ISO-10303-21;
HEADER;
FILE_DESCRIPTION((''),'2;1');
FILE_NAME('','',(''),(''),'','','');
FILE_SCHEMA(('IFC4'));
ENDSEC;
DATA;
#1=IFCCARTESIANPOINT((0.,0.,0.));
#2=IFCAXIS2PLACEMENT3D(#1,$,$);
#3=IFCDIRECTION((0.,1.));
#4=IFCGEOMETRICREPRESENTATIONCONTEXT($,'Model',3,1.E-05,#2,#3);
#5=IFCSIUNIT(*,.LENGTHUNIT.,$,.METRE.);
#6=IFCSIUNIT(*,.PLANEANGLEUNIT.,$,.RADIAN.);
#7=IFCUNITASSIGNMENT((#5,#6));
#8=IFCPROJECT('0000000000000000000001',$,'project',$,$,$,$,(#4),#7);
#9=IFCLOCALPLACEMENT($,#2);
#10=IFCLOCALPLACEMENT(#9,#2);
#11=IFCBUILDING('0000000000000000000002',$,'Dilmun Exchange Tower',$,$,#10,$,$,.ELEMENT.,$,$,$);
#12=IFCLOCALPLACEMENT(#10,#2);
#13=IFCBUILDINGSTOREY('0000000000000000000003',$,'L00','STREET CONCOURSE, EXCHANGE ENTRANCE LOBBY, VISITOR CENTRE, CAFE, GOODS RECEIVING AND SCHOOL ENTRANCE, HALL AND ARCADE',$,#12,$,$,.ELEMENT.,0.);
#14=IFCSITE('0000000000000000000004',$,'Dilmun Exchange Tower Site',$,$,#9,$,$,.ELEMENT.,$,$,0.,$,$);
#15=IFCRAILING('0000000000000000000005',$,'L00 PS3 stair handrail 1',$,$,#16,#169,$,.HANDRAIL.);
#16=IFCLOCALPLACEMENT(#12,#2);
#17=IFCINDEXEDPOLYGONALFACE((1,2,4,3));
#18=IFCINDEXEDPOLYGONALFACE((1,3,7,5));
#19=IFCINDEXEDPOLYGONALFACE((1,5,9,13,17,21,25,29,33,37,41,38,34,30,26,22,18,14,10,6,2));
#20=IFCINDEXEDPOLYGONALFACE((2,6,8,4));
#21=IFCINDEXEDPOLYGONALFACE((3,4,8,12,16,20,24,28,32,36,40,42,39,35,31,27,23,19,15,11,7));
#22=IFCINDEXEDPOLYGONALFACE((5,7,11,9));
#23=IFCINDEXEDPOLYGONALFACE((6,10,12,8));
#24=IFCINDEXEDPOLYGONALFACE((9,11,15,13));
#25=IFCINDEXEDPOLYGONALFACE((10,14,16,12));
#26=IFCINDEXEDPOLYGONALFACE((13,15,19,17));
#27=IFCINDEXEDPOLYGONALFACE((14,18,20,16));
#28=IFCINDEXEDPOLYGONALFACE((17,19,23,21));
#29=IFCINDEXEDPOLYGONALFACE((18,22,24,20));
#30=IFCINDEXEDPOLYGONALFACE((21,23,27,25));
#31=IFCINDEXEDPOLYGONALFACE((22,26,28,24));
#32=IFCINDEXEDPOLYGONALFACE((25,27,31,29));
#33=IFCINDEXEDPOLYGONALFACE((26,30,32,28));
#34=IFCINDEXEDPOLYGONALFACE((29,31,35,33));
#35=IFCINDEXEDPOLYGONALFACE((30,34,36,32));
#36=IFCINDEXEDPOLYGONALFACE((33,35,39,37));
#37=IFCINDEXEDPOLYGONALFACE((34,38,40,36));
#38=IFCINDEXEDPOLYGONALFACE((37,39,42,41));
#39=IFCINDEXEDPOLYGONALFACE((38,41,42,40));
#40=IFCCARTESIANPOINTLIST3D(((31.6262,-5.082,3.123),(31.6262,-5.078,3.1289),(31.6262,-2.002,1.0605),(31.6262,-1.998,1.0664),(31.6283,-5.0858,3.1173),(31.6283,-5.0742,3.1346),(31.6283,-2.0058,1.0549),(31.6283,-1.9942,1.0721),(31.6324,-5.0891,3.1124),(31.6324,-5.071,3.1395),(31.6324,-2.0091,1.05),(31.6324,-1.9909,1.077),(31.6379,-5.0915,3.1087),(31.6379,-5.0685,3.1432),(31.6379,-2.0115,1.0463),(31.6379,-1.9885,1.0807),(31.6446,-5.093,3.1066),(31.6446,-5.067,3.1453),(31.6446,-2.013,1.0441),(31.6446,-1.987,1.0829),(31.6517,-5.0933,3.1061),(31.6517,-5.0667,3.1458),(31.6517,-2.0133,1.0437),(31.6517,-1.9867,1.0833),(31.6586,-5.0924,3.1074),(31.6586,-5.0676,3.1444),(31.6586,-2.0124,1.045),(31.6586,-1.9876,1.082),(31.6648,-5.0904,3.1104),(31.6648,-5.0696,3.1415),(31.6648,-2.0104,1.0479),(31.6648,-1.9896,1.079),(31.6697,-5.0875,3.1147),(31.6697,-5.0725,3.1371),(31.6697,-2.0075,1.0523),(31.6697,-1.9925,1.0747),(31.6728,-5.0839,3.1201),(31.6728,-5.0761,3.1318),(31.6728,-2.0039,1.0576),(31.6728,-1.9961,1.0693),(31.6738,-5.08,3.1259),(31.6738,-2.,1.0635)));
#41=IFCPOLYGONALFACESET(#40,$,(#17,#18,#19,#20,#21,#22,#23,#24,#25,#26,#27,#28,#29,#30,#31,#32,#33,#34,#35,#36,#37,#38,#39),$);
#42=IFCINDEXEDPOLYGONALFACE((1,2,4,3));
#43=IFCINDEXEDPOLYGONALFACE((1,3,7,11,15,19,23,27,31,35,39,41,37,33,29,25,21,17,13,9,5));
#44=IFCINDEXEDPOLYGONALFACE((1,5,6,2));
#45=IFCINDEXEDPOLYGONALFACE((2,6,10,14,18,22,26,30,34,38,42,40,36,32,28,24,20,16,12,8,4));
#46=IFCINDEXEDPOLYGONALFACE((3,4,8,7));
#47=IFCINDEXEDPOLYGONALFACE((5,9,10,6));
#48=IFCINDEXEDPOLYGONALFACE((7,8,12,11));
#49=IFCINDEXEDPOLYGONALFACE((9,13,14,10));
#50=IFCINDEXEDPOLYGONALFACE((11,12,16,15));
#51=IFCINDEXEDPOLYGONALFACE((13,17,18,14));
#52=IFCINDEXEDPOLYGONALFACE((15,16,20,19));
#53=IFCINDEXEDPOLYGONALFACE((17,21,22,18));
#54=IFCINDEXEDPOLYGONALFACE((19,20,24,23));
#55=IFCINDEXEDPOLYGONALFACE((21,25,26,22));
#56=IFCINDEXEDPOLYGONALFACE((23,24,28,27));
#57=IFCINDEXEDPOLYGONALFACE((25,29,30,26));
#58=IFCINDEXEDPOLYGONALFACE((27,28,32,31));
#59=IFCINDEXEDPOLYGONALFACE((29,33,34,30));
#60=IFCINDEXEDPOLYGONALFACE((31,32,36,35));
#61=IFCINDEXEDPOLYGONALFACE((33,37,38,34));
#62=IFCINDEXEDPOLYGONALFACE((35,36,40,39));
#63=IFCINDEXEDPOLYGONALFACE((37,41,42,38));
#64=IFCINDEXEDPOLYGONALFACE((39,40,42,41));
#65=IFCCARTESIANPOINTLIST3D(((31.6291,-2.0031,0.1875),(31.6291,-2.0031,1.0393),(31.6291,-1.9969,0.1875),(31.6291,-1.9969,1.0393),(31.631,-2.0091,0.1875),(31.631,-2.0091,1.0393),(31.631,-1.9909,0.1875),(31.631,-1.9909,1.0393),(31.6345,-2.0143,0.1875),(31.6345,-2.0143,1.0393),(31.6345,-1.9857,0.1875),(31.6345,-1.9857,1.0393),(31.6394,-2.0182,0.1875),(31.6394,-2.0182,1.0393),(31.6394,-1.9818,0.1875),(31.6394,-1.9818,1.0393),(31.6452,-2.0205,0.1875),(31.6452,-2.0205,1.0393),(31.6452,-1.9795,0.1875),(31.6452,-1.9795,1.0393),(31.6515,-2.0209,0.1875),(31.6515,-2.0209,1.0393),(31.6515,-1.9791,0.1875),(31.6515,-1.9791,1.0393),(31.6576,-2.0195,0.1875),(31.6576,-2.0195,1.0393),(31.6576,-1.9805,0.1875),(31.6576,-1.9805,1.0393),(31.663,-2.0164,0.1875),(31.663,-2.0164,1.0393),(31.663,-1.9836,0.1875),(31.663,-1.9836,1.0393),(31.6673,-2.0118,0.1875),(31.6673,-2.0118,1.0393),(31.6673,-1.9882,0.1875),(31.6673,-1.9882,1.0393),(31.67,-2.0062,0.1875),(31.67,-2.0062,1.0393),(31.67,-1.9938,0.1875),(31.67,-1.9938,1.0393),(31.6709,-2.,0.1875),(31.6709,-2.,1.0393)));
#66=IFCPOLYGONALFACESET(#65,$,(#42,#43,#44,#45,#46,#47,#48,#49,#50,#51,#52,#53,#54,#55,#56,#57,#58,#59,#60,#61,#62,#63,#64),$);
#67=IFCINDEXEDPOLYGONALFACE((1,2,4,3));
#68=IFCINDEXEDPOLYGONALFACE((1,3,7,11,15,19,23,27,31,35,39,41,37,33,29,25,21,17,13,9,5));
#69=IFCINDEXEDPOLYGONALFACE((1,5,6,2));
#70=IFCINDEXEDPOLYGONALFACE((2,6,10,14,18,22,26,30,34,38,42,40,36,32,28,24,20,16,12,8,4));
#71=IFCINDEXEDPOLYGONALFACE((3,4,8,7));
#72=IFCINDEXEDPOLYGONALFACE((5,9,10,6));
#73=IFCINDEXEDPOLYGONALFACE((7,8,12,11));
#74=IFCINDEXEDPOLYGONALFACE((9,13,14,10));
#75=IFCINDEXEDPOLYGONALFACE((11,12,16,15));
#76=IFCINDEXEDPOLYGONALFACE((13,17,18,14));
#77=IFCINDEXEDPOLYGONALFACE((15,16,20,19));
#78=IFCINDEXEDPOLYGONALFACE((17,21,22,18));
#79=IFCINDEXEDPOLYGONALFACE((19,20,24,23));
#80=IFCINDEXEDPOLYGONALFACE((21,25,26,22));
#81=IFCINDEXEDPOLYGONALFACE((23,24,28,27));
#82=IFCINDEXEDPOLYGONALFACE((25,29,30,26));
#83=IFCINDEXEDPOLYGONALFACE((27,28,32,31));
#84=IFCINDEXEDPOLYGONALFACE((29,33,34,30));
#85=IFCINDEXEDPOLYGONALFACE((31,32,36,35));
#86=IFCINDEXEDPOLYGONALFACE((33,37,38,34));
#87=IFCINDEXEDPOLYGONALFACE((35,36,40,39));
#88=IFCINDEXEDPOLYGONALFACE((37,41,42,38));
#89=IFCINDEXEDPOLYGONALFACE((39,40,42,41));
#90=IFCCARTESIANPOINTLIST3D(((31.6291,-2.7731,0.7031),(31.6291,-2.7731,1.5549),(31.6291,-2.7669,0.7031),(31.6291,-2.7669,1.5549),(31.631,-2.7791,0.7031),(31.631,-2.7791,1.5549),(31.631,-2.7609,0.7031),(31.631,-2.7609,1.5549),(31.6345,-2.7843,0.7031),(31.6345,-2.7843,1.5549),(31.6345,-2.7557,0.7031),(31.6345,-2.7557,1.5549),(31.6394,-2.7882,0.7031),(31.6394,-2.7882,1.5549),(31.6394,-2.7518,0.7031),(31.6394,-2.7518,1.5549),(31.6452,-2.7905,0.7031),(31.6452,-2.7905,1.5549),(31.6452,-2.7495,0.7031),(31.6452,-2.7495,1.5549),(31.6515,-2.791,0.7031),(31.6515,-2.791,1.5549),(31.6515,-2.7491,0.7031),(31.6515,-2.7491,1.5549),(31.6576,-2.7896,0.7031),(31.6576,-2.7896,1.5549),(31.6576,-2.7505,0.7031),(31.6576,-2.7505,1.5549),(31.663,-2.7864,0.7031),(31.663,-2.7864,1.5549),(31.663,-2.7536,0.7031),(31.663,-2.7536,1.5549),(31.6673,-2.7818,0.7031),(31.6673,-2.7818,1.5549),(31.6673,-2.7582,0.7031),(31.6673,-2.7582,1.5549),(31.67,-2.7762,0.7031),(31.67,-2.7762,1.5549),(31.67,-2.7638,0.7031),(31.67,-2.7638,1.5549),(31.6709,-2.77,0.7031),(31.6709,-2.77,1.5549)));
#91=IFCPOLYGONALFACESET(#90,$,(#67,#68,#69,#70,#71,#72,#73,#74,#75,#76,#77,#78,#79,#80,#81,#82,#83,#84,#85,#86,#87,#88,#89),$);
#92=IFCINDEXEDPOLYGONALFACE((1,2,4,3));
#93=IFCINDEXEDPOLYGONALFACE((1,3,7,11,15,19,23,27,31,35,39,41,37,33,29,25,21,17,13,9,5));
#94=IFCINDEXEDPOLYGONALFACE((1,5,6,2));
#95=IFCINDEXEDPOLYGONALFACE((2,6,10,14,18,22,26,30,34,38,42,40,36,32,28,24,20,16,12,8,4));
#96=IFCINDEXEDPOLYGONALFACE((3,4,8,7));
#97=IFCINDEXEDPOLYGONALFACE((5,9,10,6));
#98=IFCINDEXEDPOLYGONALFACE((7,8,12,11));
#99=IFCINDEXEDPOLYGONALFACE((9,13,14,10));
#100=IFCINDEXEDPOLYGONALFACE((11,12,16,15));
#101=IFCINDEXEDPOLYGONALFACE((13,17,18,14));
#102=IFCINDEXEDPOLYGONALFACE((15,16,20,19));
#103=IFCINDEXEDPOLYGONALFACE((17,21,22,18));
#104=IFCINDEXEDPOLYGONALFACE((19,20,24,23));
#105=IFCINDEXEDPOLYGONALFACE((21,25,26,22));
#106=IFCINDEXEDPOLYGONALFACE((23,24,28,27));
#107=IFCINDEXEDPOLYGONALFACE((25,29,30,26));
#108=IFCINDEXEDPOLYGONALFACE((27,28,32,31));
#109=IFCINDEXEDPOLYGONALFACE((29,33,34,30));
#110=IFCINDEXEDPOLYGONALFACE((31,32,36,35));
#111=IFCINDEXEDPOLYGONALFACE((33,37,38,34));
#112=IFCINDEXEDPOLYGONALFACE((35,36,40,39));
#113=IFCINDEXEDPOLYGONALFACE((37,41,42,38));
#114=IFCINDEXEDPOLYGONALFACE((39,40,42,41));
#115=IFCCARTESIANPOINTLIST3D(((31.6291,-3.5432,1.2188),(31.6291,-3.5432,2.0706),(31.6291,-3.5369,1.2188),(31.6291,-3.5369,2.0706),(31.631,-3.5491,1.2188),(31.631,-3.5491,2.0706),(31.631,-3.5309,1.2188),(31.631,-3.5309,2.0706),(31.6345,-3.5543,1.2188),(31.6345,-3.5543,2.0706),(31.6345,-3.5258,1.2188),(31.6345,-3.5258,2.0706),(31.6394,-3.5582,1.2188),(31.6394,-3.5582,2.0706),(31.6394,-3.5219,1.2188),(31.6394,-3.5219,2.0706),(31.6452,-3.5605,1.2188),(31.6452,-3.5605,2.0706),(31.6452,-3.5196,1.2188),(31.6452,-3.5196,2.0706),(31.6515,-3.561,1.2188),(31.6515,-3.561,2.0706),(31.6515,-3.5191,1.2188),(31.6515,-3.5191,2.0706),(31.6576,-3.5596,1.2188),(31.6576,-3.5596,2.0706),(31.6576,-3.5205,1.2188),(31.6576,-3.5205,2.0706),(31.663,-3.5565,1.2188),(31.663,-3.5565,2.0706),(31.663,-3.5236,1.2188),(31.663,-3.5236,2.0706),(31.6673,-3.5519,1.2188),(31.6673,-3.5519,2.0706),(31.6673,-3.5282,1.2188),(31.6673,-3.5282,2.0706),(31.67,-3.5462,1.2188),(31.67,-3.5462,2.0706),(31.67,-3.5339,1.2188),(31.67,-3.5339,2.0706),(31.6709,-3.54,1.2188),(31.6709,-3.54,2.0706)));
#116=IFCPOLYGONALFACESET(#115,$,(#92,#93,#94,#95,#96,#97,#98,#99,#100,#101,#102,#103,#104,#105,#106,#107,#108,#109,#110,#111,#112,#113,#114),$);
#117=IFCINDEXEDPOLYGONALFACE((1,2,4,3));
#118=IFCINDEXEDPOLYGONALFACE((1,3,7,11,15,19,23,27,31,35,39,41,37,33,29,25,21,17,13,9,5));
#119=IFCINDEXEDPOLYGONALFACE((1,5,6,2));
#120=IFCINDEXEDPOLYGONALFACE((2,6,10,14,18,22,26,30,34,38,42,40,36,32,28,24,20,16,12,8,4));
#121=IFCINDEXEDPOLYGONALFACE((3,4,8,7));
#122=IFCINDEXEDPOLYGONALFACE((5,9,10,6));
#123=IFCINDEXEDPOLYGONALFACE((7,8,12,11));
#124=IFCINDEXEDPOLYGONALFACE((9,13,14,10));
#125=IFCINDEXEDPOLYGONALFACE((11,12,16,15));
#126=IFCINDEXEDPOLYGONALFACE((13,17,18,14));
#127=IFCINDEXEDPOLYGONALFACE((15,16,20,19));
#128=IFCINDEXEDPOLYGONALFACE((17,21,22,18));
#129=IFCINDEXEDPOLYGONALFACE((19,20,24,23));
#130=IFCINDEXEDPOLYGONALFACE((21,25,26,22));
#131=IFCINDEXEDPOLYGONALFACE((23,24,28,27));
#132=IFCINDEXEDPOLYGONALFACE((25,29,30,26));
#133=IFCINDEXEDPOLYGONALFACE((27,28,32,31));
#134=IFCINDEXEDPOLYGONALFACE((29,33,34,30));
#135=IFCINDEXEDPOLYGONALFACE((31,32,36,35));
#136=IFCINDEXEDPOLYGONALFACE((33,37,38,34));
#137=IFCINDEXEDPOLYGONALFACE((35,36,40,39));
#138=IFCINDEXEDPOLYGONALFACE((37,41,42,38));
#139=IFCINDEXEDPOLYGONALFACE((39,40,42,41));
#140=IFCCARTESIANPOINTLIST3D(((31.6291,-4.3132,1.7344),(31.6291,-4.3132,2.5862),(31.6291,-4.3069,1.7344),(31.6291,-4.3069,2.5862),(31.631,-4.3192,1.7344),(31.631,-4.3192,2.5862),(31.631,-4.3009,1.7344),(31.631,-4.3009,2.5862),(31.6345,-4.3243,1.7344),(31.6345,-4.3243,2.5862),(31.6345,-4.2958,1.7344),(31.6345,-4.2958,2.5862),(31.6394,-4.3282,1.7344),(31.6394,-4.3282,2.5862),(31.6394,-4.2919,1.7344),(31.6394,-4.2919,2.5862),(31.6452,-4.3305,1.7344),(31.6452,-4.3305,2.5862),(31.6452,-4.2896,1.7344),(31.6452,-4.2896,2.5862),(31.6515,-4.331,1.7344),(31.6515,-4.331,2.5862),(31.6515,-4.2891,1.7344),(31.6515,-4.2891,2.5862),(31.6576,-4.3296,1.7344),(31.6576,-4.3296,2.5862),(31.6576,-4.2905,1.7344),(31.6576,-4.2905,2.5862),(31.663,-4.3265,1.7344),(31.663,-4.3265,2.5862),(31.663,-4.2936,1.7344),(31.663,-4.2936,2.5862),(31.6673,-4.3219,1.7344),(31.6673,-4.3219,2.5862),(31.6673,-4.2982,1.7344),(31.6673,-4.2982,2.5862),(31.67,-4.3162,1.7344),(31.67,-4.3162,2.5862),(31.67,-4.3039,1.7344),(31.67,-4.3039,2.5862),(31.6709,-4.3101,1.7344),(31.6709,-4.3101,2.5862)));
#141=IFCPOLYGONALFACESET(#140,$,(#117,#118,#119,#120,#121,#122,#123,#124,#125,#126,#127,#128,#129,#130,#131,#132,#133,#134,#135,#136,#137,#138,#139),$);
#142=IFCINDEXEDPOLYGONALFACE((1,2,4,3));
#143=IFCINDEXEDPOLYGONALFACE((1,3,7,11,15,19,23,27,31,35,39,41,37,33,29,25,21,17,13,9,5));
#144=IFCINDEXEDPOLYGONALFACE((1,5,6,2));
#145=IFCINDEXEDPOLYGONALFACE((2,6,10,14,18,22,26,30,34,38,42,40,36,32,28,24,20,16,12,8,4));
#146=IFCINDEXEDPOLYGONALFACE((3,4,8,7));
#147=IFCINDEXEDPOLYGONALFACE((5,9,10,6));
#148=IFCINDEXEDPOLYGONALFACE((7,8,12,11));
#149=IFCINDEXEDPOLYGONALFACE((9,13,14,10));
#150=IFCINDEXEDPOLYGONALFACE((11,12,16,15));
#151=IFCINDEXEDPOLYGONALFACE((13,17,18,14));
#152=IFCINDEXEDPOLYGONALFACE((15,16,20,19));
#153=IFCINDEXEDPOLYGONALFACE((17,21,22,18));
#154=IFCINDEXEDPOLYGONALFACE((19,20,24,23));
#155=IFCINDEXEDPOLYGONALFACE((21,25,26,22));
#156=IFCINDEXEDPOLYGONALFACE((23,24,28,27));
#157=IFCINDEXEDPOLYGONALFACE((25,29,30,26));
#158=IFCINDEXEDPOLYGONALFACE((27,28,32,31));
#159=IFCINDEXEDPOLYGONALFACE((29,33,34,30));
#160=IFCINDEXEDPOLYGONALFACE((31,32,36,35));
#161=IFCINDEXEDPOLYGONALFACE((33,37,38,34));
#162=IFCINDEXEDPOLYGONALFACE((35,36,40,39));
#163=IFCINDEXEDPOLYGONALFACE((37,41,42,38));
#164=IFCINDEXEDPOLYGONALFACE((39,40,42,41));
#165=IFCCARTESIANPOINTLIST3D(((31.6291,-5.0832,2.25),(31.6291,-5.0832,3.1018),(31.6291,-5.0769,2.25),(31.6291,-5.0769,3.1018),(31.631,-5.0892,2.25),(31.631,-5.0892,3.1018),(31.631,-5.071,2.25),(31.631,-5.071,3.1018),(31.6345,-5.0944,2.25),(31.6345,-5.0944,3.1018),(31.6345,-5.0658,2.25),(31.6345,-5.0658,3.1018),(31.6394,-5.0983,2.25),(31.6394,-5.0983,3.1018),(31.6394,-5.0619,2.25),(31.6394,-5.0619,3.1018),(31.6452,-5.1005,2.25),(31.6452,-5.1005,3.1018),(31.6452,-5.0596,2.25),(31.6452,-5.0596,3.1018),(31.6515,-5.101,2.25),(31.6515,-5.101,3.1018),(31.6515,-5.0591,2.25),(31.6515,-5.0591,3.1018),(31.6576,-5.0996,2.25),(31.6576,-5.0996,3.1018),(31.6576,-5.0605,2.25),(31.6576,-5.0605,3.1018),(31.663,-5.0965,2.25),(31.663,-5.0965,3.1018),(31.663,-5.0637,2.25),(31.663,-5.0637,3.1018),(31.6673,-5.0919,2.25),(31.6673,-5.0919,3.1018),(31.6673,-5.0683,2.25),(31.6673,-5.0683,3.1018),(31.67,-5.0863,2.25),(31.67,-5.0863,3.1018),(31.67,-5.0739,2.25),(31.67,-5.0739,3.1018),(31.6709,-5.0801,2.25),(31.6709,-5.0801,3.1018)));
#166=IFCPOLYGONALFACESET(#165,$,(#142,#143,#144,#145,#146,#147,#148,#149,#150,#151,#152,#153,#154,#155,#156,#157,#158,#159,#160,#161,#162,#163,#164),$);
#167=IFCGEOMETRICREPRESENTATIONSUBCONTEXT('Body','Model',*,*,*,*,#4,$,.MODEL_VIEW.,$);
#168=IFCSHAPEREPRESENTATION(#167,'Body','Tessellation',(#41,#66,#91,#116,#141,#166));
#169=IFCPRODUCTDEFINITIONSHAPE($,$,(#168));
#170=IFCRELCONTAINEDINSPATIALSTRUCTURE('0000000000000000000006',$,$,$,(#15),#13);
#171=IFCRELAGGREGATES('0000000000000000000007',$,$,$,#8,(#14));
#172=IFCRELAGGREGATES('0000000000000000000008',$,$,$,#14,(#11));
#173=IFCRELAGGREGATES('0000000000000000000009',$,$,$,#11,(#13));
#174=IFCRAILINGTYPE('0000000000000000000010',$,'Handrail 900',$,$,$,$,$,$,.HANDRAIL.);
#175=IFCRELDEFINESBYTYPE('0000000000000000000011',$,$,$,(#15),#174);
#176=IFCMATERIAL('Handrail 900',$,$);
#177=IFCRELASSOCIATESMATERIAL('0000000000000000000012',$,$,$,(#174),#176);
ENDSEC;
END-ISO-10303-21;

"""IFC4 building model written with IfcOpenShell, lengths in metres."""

from ifc_helpers import new_model, si_unit, direction, frame, origin, origin_2d, place, context, subcontext, project, spatial, circle, extrude, material, type_object, element, save


model = new_model("IFC4")

# Units and contexts
model_context = context("Model", 3, precision=1e-05, world=origin(), true_north=direction((0.0, 1.0)))
body_context = subcontext(model_context, "Body", "Model", "MODEL_VIEW")
ifc_project = project(units=[si_unit("LENGTHUNIT", "METRE"), si_unit("PLANEANGLEUNIT", "RADIAN")], contexts=[model_context])

# Site, building, storey
site_placement = place(None, origin())
site = spatial("IfcSite", under=ifc_project, at=site_placement, Name="Dilmun Exchange Tower Site", CompositionType="ELEMENT", RefElevation=0.0)
building_placement = place(site_placement, origin())
building = spatial("IfcBuilding", under=site, at=building_placement, Name="Dilmun Exchange Tower", CompositionType="ELEMENT")
storey_placement = place(building_placement, origin())
storey = spatial("IfcBuildingStorey", under=building, at=storey_placement, Name="L00", Description="STREET CONCOURSE, EXCHANGE ENTRANCE LOBBY, VISITOR CENTRE, CAFE, GOODS RECEIVING AND SCHOOL ENTRANCE, HALL AND ARCADE", CompositionType="ELEMENT", Elevation=0.0)

# Railing
ifc_material_1 = material(Name="Handrail 900")
railing_type_1 = type_object("IfcRailingType", Name="Handrail 900", PredefinedType="HANDRAIL", material=ifc_material_1)
railing_1_placement = place(storey_placement, frame((31.6499, -2.0, 0.1875)))
element("IfcRailing", 1, at=railing_1_placement, inside=storey, type_object=railing_type_1, Name="L00 PS3 stair handrail 1", PredefinedType="HANDRAIL", context=body_context, shape_type="SweptSolid", body=[
    extrude(circle(Radius=0.0239, at=origin_2d()), frame((0.0, 0.0, 0.876), z_axis=(0.0, -0.830914, 0.556401), x_axis=(1.0, 0.0, 0.0)), (0.0, 0.0, 1.0), 3.7068),
    extrude(circle(Radius=0.021, at=origin_2d()), origin(), (0.0, 0.0, 1.0), 0.8518),
    extrude(circle(Radius=0.021, at=origin_2d()), frame((0.0, -0.77, 0.5156)), (0.0, 0.0, 1.0), 0.8518),
    extrude(circle(Radius=0.021, at=origin_2d()), frame((0.0, -1.54, 1.0312)), (0.0, 0.0, 1.0), 0.8518),
    extrude(circle(Radius=0.021, at=origin_2d()), frame((0.0, -2.3101, 1.5469)), (0.0, 0.0, 1.0), 0.8518),
    extrude(circle(Radius=0.021, at=origin_2d()), frame((0.0, -3.0801, 2.0625)), (0.0, 0.0, 1.0), 0.8518),
])

save(model, "model.ifc")
